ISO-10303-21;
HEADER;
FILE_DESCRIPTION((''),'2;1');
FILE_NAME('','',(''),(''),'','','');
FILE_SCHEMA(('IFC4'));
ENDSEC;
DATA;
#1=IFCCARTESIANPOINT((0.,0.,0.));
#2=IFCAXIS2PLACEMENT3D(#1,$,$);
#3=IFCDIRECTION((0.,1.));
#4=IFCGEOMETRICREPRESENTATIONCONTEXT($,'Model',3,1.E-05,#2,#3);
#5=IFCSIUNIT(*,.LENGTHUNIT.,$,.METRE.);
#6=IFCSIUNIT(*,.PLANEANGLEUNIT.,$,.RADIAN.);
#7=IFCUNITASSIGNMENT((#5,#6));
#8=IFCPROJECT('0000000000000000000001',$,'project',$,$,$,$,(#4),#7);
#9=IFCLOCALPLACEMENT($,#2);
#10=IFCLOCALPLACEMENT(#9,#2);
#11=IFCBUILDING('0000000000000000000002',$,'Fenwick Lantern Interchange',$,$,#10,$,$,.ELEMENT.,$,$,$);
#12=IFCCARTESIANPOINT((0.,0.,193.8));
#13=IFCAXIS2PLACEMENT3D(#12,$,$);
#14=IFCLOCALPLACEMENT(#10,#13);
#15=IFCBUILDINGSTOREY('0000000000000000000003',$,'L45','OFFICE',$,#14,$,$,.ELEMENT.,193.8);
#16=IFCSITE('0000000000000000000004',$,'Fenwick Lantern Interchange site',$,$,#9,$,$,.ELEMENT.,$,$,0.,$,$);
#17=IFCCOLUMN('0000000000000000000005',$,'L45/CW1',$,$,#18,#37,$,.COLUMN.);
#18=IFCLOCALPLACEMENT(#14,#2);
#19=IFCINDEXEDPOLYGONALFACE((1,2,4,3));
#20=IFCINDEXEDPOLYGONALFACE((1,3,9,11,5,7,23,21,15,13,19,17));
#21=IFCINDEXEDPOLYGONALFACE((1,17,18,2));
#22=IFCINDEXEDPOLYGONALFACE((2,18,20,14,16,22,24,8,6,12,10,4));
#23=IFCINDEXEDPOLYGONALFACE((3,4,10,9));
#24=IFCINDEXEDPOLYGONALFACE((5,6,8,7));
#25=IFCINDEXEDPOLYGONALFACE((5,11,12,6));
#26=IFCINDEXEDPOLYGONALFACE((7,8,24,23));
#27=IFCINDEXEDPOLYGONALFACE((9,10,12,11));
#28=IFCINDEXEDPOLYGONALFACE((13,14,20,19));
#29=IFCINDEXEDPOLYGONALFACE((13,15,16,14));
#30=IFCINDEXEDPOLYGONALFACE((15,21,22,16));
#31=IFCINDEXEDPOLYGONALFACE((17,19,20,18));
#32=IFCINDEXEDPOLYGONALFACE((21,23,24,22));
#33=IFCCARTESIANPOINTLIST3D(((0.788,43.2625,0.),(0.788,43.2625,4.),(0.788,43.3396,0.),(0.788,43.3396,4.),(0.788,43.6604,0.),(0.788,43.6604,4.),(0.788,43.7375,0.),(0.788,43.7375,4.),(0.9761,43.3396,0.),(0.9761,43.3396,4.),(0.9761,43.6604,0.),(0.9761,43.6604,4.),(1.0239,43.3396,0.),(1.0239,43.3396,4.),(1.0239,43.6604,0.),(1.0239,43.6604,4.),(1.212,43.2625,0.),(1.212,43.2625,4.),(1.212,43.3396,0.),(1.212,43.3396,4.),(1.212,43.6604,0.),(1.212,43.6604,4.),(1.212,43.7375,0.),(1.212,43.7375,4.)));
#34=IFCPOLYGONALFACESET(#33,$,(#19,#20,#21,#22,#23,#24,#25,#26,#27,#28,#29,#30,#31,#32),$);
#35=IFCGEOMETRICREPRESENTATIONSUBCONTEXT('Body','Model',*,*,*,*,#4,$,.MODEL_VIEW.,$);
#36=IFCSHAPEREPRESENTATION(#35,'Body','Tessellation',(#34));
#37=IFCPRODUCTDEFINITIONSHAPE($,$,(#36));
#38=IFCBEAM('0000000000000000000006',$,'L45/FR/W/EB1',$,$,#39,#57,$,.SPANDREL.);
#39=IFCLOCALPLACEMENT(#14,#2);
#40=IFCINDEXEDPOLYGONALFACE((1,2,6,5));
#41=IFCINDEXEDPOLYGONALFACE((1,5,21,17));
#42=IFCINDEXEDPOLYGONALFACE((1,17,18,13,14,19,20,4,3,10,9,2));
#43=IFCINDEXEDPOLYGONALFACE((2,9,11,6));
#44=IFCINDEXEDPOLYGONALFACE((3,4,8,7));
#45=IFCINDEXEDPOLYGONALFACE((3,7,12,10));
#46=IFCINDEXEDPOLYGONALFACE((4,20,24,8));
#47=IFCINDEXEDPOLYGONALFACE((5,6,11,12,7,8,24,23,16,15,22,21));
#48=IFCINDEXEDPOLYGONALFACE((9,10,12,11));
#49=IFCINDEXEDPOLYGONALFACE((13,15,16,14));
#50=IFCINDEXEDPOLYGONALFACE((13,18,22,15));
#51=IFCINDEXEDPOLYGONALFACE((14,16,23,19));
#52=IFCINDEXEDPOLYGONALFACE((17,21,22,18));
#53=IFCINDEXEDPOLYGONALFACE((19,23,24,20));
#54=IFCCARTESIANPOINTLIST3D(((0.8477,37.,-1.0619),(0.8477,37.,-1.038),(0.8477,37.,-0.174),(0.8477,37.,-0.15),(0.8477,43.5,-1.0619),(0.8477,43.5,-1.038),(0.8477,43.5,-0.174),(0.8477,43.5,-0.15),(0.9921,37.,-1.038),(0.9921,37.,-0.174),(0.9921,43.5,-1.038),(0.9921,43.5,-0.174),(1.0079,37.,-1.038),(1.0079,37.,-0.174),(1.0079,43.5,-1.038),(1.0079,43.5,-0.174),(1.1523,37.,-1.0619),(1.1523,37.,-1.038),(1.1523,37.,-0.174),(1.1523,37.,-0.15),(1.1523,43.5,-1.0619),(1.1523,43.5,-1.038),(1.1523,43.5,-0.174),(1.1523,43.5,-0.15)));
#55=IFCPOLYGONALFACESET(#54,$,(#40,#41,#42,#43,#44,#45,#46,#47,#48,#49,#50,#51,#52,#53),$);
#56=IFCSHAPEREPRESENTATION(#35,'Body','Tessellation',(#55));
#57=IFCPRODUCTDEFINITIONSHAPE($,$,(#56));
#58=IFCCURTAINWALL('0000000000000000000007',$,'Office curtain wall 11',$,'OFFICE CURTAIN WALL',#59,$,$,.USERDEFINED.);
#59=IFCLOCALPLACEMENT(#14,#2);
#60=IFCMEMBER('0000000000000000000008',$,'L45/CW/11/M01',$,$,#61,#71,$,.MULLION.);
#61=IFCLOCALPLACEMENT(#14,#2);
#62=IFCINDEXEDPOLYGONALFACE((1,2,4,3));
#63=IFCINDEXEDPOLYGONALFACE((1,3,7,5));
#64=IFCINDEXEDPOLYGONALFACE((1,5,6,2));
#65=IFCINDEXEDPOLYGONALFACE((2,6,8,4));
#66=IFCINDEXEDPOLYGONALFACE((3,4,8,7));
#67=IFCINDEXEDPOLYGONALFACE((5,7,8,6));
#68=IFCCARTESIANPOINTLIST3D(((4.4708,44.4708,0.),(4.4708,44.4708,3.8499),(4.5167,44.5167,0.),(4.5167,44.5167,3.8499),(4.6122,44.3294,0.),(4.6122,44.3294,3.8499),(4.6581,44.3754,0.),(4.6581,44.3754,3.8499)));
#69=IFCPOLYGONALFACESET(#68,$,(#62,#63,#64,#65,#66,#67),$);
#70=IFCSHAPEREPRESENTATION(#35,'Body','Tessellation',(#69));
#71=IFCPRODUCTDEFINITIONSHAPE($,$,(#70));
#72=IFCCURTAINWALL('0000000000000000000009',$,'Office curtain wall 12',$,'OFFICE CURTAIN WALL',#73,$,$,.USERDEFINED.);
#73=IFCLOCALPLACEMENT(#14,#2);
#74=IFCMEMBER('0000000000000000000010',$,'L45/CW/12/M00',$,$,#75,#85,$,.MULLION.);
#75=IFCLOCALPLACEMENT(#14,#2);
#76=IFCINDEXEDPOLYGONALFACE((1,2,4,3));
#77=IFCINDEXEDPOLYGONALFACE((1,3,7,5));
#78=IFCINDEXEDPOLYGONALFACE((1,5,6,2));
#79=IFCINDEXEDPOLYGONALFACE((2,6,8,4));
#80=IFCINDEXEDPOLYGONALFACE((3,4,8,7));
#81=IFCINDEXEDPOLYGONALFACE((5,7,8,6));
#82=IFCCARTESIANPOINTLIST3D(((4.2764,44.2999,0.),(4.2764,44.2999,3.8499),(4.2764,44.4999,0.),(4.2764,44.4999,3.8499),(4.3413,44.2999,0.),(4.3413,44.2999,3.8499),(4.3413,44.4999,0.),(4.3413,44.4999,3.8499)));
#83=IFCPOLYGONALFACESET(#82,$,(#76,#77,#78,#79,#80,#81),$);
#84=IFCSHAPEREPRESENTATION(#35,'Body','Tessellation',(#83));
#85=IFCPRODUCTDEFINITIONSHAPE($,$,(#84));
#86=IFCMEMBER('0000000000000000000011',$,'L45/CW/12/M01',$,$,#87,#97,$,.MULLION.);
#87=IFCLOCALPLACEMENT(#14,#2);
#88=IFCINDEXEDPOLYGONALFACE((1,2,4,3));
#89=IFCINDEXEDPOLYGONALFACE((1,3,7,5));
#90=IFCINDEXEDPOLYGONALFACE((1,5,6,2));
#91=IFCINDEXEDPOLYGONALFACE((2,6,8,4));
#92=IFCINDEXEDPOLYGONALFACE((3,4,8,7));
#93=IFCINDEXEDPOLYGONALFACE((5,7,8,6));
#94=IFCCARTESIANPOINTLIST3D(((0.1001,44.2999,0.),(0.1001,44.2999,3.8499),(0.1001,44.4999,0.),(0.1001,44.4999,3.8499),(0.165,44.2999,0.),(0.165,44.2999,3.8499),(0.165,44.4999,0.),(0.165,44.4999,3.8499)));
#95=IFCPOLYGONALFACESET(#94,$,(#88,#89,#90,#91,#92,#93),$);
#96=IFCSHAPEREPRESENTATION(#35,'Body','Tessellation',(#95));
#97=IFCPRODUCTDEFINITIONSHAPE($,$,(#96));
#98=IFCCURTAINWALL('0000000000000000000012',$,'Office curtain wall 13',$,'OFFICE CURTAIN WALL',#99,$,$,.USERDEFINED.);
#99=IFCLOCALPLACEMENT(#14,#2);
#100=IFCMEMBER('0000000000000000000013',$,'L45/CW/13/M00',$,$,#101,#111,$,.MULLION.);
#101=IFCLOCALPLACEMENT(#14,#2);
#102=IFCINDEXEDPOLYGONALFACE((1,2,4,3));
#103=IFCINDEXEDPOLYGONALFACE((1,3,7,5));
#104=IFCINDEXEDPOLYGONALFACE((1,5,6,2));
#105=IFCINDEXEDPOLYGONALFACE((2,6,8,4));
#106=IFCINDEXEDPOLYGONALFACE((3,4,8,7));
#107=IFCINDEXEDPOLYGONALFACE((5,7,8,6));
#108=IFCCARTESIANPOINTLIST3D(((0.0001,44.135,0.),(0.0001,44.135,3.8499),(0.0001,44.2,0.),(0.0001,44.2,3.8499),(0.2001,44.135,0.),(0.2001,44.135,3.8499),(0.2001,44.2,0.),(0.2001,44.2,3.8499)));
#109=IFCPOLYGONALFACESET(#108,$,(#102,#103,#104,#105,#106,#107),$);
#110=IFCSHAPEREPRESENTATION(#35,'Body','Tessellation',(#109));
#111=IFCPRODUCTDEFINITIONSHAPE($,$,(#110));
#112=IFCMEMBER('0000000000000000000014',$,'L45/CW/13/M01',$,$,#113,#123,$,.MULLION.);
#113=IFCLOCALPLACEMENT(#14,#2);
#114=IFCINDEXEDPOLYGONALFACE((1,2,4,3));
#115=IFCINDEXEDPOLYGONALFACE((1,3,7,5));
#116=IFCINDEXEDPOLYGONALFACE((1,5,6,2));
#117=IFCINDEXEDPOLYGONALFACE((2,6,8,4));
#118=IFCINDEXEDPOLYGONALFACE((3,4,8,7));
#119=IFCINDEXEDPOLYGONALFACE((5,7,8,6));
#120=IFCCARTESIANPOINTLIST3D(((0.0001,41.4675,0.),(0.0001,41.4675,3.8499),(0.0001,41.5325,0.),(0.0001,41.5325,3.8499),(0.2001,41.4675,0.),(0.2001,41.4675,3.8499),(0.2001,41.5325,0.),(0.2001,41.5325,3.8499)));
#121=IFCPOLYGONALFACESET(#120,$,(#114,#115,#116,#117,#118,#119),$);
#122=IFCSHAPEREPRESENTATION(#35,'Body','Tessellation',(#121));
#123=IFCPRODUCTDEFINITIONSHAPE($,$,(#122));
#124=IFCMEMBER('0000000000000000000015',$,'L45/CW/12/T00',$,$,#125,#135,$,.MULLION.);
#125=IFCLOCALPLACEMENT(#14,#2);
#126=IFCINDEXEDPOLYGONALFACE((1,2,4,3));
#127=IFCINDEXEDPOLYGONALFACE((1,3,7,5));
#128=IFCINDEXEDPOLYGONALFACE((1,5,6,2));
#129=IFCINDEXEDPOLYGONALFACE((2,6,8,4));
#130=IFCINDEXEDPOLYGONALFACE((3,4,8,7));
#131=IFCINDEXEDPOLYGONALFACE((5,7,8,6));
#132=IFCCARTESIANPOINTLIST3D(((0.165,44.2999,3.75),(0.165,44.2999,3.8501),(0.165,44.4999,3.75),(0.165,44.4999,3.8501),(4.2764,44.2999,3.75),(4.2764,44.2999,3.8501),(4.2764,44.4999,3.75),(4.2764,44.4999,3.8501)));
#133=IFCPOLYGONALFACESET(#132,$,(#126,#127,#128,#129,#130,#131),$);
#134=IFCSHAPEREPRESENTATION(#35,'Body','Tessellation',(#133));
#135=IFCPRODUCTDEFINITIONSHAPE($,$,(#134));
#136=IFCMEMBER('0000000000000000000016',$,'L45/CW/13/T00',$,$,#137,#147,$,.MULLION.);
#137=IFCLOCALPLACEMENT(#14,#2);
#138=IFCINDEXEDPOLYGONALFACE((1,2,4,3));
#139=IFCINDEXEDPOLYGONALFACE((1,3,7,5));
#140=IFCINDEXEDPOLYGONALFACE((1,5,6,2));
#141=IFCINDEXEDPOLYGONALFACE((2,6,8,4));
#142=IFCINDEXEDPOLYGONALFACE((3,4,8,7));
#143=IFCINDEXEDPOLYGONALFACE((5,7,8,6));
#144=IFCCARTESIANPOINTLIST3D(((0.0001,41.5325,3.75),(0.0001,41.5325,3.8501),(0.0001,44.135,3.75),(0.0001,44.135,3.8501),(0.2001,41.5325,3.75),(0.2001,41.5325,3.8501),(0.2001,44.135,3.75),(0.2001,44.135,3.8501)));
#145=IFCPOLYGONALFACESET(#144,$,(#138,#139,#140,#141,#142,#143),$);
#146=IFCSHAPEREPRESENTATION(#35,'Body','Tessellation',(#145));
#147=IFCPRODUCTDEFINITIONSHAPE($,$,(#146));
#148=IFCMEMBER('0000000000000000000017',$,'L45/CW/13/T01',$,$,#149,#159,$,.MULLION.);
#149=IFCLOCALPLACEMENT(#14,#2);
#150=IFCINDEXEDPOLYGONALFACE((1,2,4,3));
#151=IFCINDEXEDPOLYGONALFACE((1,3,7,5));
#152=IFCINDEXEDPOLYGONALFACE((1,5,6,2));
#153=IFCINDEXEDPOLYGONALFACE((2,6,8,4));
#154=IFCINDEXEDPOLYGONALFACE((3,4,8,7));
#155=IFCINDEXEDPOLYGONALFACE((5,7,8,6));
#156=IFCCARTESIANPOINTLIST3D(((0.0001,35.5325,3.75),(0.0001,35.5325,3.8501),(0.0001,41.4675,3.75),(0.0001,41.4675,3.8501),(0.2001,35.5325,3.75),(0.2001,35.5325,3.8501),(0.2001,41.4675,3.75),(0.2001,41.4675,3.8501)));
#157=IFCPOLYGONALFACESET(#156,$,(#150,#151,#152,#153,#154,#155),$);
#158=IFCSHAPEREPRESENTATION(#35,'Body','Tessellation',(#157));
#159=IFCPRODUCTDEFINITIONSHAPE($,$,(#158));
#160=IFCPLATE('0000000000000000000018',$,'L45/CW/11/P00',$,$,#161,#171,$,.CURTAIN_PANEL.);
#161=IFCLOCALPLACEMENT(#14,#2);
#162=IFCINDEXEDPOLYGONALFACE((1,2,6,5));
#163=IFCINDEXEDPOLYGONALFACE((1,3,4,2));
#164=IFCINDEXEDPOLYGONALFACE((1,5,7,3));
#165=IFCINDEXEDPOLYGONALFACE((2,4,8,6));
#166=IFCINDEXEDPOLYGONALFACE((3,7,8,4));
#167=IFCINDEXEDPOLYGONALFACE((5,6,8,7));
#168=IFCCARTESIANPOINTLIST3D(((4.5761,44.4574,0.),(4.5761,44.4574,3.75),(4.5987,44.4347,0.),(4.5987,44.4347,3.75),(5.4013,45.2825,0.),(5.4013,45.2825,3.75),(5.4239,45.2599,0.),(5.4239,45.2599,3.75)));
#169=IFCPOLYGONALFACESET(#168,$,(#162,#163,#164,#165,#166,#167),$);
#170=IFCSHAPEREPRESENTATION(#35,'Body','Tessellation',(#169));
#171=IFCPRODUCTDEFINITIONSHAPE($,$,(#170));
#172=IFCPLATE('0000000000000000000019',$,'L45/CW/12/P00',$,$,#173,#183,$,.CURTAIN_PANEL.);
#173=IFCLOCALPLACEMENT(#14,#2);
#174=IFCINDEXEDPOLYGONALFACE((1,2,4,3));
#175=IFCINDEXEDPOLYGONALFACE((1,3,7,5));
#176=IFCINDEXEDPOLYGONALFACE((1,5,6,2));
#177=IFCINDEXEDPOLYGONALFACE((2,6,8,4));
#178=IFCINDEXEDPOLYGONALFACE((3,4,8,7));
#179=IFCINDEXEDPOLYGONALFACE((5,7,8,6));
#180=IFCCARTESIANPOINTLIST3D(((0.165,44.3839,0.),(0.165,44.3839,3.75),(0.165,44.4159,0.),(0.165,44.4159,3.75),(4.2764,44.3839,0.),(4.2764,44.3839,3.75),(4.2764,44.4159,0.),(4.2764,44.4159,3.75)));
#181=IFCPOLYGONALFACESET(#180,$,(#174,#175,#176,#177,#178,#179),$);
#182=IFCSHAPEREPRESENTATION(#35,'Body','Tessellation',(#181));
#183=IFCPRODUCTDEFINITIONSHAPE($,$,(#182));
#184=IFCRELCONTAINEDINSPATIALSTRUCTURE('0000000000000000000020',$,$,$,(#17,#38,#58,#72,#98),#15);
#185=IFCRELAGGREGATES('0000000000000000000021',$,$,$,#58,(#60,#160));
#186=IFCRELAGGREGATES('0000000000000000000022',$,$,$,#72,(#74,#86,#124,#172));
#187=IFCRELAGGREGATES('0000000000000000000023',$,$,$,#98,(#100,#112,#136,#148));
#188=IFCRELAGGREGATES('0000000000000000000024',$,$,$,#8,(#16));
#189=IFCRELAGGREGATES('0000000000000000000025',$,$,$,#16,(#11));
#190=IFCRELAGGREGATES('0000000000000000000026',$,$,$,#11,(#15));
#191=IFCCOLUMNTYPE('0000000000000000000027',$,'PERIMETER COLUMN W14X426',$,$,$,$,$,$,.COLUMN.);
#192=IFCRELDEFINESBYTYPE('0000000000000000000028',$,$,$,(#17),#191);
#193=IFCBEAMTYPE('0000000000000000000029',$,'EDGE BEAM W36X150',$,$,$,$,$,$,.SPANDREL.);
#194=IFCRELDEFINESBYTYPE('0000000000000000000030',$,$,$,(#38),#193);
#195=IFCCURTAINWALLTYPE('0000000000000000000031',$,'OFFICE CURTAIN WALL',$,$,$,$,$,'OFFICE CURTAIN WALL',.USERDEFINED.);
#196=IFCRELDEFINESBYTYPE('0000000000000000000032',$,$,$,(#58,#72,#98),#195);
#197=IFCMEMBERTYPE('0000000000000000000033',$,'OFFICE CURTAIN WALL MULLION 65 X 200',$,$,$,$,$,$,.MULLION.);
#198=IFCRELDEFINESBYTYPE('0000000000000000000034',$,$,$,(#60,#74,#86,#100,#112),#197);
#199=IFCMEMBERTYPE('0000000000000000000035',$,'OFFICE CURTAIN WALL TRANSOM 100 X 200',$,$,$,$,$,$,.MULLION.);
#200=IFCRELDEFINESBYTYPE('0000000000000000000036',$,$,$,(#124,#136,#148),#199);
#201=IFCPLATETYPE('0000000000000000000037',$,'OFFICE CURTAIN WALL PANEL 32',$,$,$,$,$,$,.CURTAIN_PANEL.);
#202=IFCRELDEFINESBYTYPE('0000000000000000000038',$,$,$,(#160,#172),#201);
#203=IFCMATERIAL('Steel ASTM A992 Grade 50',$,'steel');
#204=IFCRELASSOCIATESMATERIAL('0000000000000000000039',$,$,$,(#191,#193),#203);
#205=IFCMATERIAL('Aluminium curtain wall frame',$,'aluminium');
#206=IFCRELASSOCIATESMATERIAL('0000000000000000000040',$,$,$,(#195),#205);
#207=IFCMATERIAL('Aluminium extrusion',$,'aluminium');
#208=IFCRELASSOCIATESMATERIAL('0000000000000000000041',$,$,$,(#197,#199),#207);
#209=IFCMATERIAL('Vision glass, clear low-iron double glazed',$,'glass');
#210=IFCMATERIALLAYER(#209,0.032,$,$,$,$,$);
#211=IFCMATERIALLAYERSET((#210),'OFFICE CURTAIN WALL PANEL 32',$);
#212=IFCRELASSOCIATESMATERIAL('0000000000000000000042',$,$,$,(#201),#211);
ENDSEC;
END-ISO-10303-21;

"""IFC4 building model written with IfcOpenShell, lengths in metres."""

from ifc_helpers import new_model, si_unit, direction, frame, origin, origin_2d, place, context, subcontext, project, spatial, rectangle, i_section, extrude, material, layer, layer_set, material_profile, profile_set, type_object, element, aggregate, save


model = new_model("IFC4")

# Units and contexts
model_context = context("Model", 3, precision=1e-05, world=origin(), true_north=direction((0.0, 1.0)))
body_context = subcontext(model_context, "Body", "Model", "MODEL_VIEW")
ifc_project = project(units=[si_unit("LENGTHUNIT", "METRE"), si_unit("PLANEANGLEUNIT", "RADIAN")], contexts=[model_context])

# Site, building, storey
site_placement = place(None, origin())
site = spatial("IfcSite", under=ifc_project, at=site_placement, Name="Fenwick Lantern Interchange site", CompositionType="ELEMENT", RefElevation=0.0)
building_placement = place(site_placement, origin())
building = spatial("IfcBuilding", under=site, at=building_placement, Name="Fenwick Lantern Interchange", CompositionType="ELEMENT")
storey_placement = place(building_placement, frame((0.0, 0.0, 193.8)))
storey = spatial("IfcBuildingStorey", under=building, at=storey_placement, Name="L45", Description="OFFICE", CompositionType="ELEMENT", Elevation=193.8)

# Column
ifc_material_1 = material(Name="Steel ASTM A992 Grade 50", Category="steel")
ifc_material_profile_1 = material_profile(ifc_material_1, i_section(OverallWidth=0.4241, OverallDepth=0.4751, WebThickness=0.0479, FlangeThickness=0.0771, at=origin_2d()), Name="W14X426")
ifc_profile_set_1 = profile_set([ifc_material_profile_1], Name="Steel ASTM A992 Grade 50")
column_type = type_object("IfcColumnType", Name="PERIMETER COLUMN W14X426", PredefinedType="COLUMN", material=ifc_profile_set_1)
column_placement = place(storey_placement, frame((1.0, 43.5, 0.0), z_axis=(0.0, 0.0, 1.0), x_axis=(1.0, 0.0, 0.0)))
element("IfcColumn", 1, at=column_placement, inside=storey, type_object=column_type, Name="L45/CW1", PredefinedType="COLUMN", context=body_context, shape_type="SweptSolid", body=[
    extrude(i_section(OverallWidth=0.4241, OverallDepth=0.4751, WebThickness=0.0479, FlangeThickness=0.0771, at=origin_2d()), origin(), (0.0, 0.0, 1.0), 4.0),
])

# Beam
ifc_material_profile_2 = material_profile(ifc_material_1, i_section(OverallWidth=0.3047, OverallDepth=0.9119, WebThickness=0.0159, FlangeThickness=0.0239, at=origin_2d()), Name="W36X150")
ifc_profile_set_2 = profile_set([ifc_material_profile_2], Name="Steel ASTM A992 Grade 50")
beam_type = type_object("IfcBeamType", Name="EDGE BEAM W36X150", PredefinedType="SPANDREL", material=ifc_profile_set_2)
beam_placement = place(storey_placement, frame((1.0, 43.5, -0.606), z_axis=(0.0, -1.0, 0.0), x_axis=(1.0, 0.0, 0.0)))
element("IfcBeam", 2, at=beam_placement, inside=storey, type_object=beam_type, Name="L45/FR/W/EB1", PredefinedType="SPANDREL", context=body_context, shape_type="SweptSolid", body=[
    extrude(i_section(OverallWidth=0.3047, OverallDepth=0.9119, WebThickness=0.0159, FlangeThickness=0.0239, at=origin_2d()), origin(), (0.0, 0.0, 1.0), 6.5),
])

# Curtain wall, member
ifc_material_2 = material(Name="Aluminium curtain wall frame", Category="aluminium")
curtain_wall_type = type_object("IfcCurtainWallType", Name="OFFICE CURTAIN WALL", ElementType="OFFICE CURTAIN WALL", PredefinedType="USERDEFINED", material=ifc_material_2)
curtain_wall_1_placement = place(storey_placement, origin())
curtain_wall_1 = element("IfcCurtainWall", 3, at=curtain_wall_1_placement, inside=storey, type_object=curtain_wall_type, Name="Office curtain wall 11", ObjectType="OFFICE CURTAIN WALL", PredefinedType="USERDEFINED")
ifc_material_3 = material(Name="Aluminium extrusion", Category="aluminium")
ifc_material_profile_3 = material_profile(ifc_material_3, rectangle(XDim=0.2, YDim=0.0649, at=origin_2d()), Name="OFFICE CURTAIN WALL MULLION 65 X 200")
ifc_profile_set_3 = profile_set([ifc_material_profile_3], Name="Aluminium extrusion")
member_type_1 = type_object("IfcMemberType", Name="OFFICE CURTAIN WALL MULLION 65 X 200", PredefinedType="MULLION", material=ifc_profile_set_3)
member_1_placement = place(storey_placement, frame((4.5645, 44.4231, 0.0), z_axis=(0.0, 0.0, 1.0), x_axis=(0.707107, -0.707107, 0.0)))
member_1 = element("IfcMember", 4, at=member_1_placement, type_object=member_type_1, Name="L45/CW/11/M01", PredefinedType="MULLION", context=body_context, shape_type="SweptSolid", body=[
    extrude(rectangle(XDim=0.2, YDim=0.0649, at=origin_2d()), origin(), (0.0, 0.0, 1.0), 3.8499),
])

# Curtain walls, members
curtain_wall_2_placement = place(storey_placement, origin())
curtain_wall_2 = element("IfcCurtainWall", 5, at=curtain_wall_2_placement, inside=storey, type_object=curtain_wall_type, Name="Office curtain wall 12", ObjectType="OFFICE CURTAIN WALL", PredefinedType="USERDEFINED")
member_2_placement = place(storey_placement, frame((4.3088, 44.3999, 0.0), z_axis=(0.0, 0.0, 1.0), x_axis=(0.0, -1.0, 0.0)))
member_2 = element("IfcMember", 6, at=member_2_placement, type_object=member_type_1, Name="L45/CW/12/M00", PredefinedType="MULLION", context=body_context, shape_type="SweptSolid", body=[
    extrude(rectangle(XDim=0.2, YDim=0.0649, at=origin_2d()), origin(), (0.0, 0.0, 1.0), 3.8499),
])
member_3_placement = place(storey_placement, frame((0.1326, 44.3999, 0.0), z_axis=(0.0, 0.0, 1.0), x_axis=(0.0, -1.0, 0.0)))
member_3 = element("IfcMember", 7, at=member_3_placement, type_object=member_type_1, Name="L45/CW/12/M01", PredefinedType="MULLION", context=body_context, shape_type="SweptSolid", body=[
    extrude(rectangle(XDim=0.2, YDim=0.0649, at=origin_2d()), origin(), (0.0, 0.0, 1.0), 3.8499),
])
curtain_wall_3_placement = place(storey_placement, origin())
curtain_wall_3 = element("IfcCurtainWall", 8, at=curtain_wall_3_placement, inside=storey, type_object=curtain_wall_type, Name="Office curtain wall 13", ObjectType="OFFICE CURTAIN WALL", PredefinedType="USERDEFINED")
member_4_placement = place(storey_placement, frame((0.1001, 44.1675, 0.0), z_axis=(0.0, 0.0, 1.0), x_axis=(1.0, 0.0, 0.0)))
member_4 = element("IfcMember", 9, at=member_4_placement, type_object=member_type_1, Name="L45/CW/13/M00", PredefinedType="MULLION", context=body_context, shape_type="SweptSolid", body=[
    extrude(rectangle(XDim=0.2, YDim=0.0649, at=origin_2d()), origin(), (0.0, 0.0, 1.0), 3.8499),
])
member_5_placement = place(storey_placement, frame((0.1001, 41.5, 0.0), z_axis=(0.0, 0.0, 1.0), x_axis=(1.0, 0.0, 0.0)))
member_5 = element("IfcMember", 10, at=member_5_placement, type_object=member_type_1, Name="L45/CW/13/M01", PredefinedType="MULLION", context=body_context, shape_type="SweptSolid", body=[
    extrude(rectangle(XDim=0.2, YDim=0.0649, at=origin_2d()), origin(), (0.0, 0.0, 1.0), 3.8499),
])

# Members
ifc_material_profile_4 = material_profile(ifc_material_3, rectangle(XDim=0.2, YDim=0.1001, at=origin_2d()), Name="OFFICE CURTAIN WALL TRANSOM 100 X 200")
ifc_profile_set_4 = profile_set([ifc_material_profile_4], Name="Aluminium extrusion")
member_type_2 = type_object("IfcMemberType", Name="OFFICE CURTAIN WALL TRANSOM 100 X 200", PredefinedType="MULLION", material=ifc_profile_set_4)
member_6_placement = place(storey_placement, frame((4.2764, 44.3999, 3.8), z_axis=(-1.0, 0.0, 0.0), x_axis=(0.0, -1.0, 0.0)))
member_6 = element("IfcMember", 11, at=member_6_placement, type_object=member_type_2, Name="L45/CW/12/T00", PredefinedType="MULLION", context=body_context, shape_type="SweptSolid", body=[
    extrude(rectangle(XDim=0.2, YDim=0.1001, at=origin_2d()), origin(), (0.0, 0.0, 1.0), 4.1113),
])
member_7_placement = place(storey_placement, frame((0.1001, 44.135, 3.8), z_axis=(0.0, -1.0, 0.0), x_axis=(1.0, 0.0, 0.0)))
member_7 = element("IfcMember", 12, at=member_7_placement, type_object=member_type_2, Name="L45/CW/13/T00", PredefinedType="MULLION", context=body_context, shape_type="SweptSolid", body=[
    extrude(rectangle(XDim=0.2, YDim=0.1001, at=origin_2d()), origin(), (0.0, 0.0, 1.0), 2.6025),
])
member_8_placement = place(storey_placement, frame((0.1001, 41.4675, 3.8), z_axis=(0.0, -1.0, 0.0), x_axis=(1.0, 0.0, 0.0)))
member_8 = element("IfcMember", 13, at=member_8_placement, type_object=member_type_2, Name="L45/CW/13/T01", PredefinedType="MULLION", context=body_context, shape_type="SweptSolid", body=[
    extrude(rectangle(XDim=0.2, YDim=0.1001, at=origin_2d()), origin(), (0.0, 0.0, 1.0), 5.9351),
])

# Plates
ifc_material_4 = material(Name="Vision glass, clear low-iron double glazed", Category="glass")
ifc_layer_1 = layer(ifc_material_4, 0.032)
ifc_layer_set_1 = layer_set([ifc_layer_1], Name="OFFICE CURTAIN WALL PANEL 32")
plate_type = type_object("IfcPlateType", Name="OFFICE CURTAIN WALL PANEL 32", PredefinedType="CURTAIN_PANEL", material=ifc_layer_set_1)
plate_1_placement = place(storey_placement, frame((5.0, 44.8586, 0.0), z_axis=(0.0, 0.0, 1.0), x_axis=(-0.707107, -0.707107, 0.0)))
plate_1 = element("IfcPlate", 14, at=plate_1_placement, type_object=plate_type, Name="L45/CW/11/P00", PredefinedType="CURTAIN_PANEL", context=body_context, shape_type="SweptSolid", body=[
    extrude(rectangle(XDim=1.167, YDim=0.032, at=origin_2d()), origin(), (0.0, 0.0, 1.0), 3.75),
])
aggregate(curtain_wall_1, [member_1, plate_1])
plate_2_placement = place(storey_placement, frame((2.2207, 44.3999, 0.0), z_axis=(0.0, 0.0, 1.0), x_axis=(-1.0, 0.0, 0.0)))
plate_2 = element("IfcPlate", 15, at=plate_2_placement, type_object=plate_type, Name="L45/CW/12/P00", PredefinedType="CURTAIN_PANEL", context=body_context, shape_type="SweptSolid", body=[
    extrude(rectangle(XDim=4.1113, YDim=0.032, at=origin_2d()), origin(), (0.0, 0.0, 1.0), 3.75),
])
aggregate(curtain_wall_2, [member_2, member_3, member_6, plate_2])
aggregate(curtain_wall_3, [member_4, member_5, member_7, member_8])

save(model, "model.ifc")
